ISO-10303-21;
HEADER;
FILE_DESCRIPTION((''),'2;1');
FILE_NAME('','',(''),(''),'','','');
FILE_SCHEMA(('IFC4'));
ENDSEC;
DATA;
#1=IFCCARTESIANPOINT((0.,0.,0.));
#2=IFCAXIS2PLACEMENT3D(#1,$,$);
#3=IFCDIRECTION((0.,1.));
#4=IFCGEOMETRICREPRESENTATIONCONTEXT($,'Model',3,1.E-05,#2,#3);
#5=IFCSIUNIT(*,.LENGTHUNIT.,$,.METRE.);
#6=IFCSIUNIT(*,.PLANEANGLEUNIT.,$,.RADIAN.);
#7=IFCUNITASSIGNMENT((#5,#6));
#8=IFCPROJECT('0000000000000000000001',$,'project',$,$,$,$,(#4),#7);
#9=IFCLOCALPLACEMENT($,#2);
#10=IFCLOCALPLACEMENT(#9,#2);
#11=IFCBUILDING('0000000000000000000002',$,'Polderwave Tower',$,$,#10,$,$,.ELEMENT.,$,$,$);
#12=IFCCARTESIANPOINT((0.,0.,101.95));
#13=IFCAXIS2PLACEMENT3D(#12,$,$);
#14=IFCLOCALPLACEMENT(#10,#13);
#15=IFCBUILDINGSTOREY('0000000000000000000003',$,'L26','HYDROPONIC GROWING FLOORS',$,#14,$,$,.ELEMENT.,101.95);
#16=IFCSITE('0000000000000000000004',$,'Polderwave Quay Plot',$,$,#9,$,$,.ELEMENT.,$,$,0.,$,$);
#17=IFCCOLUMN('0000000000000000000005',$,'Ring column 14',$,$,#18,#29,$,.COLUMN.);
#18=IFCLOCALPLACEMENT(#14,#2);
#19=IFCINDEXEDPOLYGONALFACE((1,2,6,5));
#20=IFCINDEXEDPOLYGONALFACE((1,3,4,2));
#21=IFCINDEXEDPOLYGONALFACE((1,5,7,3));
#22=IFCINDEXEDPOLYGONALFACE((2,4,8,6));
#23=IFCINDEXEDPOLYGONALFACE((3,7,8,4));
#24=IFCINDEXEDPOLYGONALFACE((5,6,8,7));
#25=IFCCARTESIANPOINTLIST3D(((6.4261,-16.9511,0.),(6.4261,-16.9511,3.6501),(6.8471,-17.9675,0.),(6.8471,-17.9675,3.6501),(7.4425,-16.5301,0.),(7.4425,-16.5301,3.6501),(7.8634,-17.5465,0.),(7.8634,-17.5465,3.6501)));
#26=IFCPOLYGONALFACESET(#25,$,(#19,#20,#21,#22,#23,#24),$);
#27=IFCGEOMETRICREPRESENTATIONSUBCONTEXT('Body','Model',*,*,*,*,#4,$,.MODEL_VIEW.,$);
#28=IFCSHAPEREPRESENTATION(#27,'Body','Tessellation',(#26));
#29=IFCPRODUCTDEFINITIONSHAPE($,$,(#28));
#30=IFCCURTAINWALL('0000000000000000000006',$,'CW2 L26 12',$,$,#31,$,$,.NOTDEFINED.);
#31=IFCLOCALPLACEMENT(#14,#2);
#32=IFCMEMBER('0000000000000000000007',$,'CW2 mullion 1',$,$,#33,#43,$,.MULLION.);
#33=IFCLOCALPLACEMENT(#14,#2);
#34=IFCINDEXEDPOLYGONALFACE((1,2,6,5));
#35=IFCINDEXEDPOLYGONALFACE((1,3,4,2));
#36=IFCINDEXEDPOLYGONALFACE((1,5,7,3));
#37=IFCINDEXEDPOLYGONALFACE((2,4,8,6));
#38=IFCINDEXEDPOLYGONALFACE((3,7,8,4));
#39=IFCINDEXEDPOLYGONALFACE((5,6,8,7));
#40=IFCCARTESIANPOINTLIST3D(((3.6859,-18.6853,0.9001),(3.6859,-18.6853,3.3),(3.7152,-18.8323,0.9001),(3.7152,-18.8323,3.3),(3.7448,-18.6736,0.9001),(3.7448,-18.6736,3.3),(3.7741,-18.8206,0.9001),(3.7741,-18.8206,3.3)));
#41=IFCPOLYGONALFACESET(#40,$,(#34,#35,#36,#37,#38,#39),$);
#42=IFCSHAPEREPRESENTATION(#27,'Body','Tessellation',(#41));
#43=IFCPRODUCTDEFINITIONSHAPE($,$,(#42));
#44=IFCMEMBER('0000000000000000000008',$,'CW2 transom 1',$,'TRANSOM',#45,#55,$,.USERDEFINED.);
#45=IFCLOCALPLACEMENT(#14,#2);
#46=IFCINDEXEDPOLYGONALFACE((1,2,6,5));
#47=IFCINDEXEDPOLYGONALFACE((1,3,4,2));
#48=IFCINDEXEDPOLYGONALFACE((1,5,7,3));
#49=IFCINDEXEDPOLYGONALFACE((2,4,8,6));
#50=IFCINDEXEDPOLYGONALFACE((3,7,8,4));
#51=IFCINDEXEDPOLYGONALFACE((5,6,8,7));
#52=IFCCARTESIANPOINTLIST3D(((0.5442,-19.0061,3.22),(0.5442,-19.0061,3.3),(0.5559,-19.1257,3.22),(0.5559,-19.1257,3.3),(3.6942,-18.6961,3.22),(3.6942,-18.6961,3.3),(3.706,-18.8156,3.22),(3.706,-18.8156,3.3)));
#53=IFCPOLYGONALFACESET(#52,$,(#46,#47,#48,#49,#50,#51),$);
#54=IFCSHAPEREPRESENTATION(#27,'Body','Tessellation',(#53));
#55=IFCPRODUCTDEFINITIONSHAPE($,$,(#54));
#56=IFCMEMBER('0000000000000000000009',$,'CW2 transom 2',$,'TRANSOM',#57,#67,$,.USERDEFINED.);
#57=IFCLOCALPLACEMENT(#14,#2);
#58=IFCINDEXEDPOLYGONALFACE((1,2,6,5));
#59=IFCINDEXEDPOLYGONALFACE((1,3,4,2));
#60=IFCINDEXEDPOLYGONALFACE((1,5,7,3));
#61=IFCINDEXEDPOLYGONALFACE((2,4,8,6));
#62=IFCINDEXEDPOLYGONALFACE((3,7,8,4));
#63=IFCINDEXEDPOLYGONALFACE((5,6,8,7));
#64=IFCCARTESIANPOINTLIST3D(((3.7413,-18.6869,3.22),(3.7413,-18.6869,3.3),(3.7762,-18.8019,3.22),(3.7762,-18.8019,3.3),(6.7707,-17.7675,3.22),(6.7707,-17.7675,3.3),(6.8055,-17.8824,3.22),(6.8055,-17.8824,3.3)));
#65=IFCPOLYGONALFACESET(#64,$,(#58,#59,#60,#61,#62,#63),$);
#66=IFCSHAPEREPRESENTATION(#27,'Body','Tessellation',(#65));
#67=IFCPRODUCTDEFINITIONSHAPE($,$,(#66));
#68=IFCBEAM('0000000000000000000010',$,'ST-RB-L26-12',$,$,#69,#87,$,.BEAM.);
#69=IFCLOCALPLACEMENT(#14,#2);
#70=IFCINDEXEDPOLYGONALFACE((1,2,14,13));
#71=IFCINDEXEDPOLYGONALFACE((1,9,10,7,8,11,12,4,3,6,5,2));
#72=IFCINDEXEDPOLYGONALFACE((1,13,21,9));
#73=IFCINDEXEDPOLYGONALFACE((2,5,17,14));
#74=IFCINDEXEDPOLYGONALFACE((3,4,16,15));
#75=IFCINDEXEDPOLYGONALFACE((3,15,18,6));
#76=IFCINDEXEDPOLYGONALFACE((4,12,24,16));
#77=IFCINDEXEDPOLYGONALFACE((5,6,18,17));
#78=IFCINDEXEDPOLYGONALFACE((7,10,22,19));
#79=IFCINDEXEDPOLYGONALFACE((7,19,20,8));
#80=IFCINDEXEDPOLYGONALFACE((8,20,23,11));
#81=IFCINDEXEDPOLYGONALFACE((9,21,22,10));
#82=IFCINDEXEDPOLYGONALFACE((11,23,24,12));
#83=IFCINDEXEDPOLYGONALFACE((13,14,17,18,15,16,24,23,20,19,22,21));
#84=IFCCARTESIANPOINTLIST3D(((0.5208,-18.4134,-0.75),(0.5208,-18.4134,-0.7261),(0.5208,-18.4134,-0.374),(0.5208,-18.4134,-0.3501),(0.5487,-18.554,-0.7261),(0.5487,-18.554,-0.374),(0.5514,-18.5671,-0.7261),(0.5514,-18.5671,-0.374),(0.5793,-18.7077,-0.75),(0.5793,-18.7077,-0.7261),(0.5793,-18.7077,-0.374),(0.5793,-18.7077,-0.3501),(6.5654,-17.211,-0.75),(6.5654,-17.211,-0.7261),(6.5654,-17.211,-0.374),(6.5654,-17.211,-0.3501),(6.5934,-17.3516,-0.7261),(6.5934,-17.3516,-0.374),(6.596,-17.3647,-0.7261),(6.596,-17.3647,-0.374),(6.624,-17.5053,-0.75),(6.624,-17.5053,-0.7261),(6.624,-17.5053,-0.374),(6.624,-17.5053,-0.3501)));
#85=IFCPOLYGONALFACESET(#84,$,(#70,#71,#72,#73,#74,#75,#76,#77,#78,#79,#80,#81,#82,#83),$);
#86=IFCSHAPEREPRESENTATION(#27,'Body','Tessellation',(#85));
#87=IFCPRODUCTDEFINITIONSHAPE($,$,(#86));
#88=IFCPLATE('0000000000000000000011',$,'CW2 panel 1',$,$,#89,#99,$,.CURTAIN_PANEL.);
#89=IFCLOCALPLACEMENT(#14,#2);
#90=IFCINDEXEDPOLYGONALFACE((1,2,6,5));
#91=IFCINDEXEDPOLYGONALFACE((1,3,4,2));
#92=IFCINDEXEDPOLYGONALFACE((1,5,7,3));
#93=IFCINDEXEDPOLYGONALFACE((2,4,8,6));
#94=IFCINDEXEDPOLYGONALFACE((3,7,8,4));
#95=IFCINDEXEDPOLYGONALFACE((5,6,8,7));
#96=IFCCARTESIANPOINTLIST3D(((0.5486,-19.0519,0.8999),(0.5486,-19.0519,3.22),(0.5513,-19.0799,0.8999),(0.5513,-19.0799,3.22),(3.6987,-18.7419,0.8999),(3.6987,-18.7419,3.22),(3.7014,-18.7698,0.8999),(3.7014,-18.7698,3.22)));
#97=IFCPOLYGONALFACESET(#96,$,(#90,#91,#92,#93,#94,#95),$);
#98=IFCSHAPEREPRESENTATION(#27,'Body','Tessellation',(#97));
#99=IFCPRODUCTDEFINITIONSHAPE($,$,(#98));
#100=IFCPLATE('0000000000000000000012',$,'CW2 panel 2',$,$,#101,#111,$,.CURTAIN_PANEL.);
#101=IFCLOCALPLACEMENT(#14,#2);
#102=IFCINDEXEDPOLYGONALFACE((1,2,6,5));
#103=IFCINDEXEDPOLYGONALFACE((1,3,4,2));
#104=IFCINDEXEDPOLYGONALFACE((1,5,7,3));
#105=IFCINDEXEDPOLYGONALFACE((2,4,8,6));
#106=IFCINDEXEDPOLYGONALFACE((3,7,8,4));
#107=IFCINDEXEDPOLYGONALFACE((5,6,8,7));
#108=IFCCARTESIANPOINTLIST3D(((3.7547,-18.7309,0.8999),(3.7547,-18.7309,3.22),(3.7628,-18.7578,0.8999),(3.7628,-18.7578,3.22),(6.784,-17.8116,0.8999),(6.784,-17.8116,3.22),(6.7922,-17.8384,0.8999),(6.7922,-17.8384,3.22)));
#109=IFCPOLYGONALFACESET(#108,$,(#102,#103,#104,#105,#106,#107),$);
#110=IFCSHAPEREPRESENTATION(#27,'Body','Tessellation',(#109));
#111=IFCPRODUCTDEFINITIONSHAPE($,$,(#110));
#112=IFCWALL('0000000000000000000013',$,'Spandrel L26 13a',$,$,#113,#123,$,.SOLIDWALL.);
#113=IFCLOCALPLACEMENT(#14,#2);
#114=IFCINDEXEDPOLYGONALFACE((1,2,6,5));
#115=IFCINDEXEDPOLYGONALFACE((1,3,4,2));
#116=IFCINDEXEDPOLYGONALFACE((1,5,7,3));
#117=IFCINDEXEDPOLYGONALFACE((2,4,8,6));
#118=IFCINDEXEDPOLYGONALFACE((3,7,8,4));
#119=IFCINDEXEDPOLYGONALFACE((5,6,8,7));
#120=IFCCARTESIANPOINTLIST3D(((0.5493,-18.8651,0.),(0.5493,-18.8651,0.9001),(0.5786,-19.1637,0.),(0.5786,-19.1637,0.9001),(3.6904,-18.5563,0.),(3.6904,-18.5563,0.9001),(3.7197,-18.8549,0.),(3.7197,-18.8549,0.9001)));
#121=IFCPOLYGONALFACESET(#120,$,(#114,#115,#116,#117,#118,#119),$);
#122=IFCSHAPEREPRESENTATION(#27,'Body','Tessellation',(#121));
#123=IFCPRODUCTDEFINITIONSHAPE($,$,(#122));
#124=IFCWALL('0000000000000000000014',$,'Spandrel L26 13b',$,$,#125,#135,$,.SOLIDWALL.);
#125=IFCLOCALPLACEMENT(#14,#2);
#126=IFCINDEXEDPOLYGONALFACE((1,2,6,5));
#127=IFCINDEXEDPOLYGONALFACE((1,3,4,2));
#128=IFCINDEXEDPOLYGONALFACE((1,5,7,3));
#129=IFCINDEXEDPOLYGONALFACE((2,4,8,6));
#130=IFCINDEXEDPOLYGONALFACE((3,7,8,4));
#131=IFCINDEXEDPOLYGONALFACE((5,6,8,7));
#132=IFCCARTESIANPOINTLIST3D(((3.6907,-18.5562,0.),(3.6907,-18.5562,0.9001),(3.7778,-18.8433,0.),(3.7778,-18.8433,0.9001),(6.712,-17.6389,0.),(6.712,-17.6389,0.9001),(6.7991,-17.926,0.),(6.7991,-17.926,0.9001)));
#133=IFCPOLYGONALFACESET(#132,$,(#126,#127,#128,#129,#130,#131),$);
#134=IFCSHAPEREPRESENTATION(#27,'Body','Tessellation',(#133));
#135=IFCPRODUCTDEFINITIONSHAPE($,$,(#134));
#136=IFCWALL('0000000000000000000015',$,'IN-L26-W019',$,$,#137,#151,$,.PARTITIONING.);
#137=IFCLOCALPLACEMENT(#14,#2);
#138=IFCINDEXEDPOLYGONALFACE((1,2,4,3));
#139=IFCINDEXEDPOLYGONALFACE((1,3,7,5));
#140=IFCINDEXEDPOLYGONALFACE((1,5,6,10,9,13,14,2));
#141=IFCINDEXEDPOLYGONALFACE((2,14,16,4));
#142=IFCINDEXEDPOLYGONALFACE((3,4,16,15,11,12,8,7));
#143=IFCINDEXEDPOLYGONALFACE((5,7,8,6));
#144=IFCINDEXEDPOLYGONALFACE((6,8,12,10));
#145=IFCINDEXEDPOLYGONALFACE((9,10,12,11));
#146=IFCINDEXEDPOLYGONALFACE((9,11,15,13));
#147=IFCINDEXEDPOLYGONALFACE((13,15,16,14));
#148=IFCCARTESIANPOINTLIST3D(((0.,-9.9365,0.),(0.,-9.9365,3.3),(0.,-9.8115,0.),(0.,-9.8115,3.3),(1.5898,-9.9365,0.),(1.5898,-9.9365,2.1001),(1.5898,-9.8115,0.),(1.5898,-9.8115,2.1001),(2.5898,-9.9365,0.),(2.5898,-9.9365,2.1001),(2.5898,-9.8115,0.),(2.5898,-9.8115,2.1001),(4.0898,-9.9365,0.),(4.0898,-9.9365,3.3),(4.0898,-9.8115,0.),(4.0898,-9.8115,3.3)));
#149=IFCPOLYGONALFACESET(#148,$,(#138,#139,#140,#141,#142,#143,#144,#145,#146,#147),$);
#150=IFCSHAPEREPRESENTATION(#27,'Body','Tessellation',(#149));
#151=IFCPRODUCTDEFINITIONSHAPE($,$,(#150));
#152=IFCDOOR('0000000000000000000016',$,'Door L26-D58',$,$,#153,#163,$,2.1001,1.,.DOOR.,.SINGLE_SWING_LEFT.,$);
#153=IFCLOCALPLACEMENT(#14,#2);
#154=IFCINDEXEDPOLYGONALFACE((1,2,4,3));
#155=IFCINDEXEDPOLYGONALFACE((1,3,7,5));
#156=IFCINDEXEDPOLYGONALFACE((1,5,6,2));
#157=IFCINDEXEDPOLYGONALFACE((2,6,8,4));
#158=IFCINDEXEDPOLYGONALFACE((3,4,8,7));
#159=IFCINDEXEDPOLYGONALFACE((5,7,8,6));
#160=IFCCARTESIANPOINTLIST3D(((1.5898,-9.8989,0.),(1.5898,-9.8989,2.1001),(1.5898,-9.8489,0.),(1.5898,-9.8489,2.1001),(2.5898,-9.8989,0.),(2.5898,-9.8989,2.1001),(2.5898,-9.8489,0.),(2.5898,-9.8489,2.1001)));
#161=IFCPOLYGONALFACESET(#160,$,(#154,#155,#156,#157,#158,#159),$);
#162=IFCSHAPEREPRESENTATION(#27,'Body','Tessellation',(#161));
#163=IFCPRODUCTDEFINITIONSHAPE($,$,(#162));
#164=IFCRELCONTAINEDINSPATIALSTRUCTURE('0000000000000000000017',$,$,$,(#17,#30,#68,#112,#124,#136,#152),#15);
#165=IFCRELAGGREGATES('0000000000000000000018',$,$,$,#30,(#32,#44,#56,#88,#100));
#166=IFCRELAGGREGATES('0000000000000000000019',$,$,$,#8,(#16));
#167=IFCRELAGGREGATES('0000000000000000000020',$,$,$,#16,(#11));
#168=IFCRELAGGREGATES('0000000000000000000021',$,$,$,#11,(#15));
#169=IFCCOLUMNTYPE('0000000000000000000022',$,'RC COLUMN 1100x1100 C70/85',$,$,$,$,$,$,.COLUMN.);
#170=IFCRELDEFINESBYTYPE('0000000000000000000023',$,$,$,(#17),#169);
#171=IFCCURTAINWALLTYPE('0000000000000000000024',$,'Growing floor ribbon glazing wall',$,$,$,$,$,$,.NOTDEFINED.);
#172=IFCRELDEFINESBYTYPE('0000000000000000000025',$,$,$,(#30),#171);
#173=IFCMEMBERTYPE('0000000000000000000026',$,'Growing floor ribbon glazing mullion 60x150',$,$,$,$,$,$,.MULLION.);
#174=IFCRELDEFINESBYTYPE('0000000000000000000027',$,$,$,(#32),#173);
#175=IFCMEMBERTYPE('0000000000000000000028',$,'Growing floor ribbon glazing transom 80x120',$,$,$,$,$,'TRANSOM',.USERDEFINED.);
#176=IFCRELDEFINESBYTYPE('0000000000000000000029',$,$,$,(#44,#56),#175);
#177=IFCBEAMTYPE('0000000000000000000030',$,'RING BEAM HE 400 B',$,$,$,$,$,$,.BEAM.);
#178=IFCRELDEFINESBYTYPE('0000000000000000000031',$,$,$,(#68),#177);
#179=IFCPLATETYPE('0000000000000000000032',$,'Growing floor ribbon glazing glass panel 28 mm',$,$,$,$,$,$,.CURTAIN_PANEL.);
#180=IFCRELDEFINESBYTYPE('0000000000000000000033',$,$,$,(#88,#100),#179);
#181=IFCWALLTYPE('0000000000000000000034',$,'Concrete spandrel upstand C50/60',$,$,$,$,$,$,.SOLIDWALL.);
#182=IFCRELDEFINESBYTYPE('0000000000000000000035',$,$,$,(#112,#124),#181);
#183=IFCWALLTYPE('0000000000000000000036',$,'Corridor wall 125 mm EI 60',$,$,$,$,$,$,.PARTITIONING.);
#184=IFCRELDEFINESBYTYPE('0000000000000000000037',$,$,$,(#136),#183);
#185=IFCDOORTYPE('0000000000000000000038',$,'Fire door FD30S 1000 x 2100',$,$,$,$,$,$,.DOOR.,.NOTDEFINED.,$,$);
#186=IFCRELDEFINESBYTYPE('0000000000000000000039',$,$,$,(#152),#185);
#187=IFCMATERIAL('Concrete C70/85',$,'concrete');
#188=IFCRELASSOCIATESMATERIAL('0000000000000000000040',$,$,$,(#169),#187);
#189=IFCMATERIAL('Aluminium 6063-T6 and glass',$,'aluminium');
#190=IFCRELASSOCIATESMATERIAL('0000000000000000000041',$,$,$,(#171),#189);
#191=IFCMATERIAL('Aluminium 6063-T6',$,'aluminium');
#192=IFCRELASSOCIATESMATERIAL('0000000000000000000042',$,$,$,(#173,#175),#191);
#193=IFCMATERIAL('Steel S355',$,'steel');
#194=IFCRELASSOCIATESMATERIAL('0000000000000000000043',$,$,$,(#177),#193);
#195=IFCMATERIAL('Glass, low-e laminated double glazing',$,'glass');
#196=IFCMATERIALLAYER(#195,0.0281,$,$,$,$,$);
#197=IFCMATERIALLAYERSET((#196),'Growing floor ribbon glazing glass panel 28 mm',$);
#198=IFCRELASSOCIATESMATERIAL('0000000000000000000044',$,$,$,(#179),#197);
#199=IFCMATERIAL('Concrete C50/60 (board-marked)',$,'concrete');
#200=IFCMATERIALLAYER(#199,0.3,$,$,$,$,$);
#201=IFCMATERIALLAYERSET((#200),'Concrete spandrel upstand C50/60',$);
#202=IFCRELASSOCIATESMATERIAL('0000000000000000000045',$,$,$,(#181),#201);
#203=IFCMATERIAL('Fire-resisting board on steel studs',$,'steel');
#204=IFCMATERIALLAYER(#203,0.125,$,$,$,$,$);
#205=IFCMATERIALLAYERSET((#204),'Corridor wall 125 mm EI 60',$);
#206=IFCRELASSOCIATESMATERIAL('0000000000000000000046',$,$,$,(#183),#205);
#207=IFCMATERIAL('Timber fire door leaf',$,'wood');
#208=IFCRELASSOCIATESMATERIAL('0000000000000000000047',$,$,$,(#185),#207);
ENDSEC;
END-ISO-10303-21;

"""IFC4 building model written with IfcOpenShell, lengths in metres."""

from ifc_helpers import new_model, si_unit, direction, frame, frame_2d, origin, origin_2d, place, context, subcontext, project, spatial, rectangle, i_section, extrude, material, layer, layer_set, material_profile, profile_set, type_object, element, fill, aggregate, save


model = new_model("IFC4")

# Units and contexts
model_context = context("Model", 3, precision=1e-05, world=origin(), true_north=direction((0.0, 1.0)))
body_context = subcontext(model_context, "Body", "Model", "MODEL_VIEW")
ifc_project = project(units=[si_unit("LENGTHUNIT", "METRE"), si_unit("PLANEANGLEUNIT", "RADIAN")], contexts=[model_context])

# Site, building, storey
site_placement = place(None, origin())
site = spatial("IfcSite", under=ifc_project, at=site_placement, Name="Polderwave Quay Plot", CompositionType="ELEMENT", RefElevation=0.0)
building_placement = place(site_placement, origin())
building = spatial("IfcBuilding", under=site, at=building_placement, Name="Polderwave Tower", CompositionType="ELEMENT")
storey_placement = place(building_placement, frame((0.0, 0.0, 101.95)))
storey = spatial("IfcBuildingStorey", under=building, at=storey_placement, Name="L26", Description="HYDROPONIC GROWING FLOORS", CompositionType="ELEMENT", Elevation=101.95)

# Column
ifc_material_1 = material(Name="Concrete C70/85", Category="concrete")
ifc_material_profile_1 = material_profile(ifc_material_1, rectangle(XDim=1.1001, YDim=1.1001, at=origin_2d()), Name="RC 1100x1100")
ifc_profile_set_1 = profile_set([ifc_material_profile_1], Name="Concrete C70/85")
column_type = type_object("IfcColumnType", Name="RC COLUMN 1100x1100 C70/85", PredefinedType="COLUMN", material=ifc_profile_set_1)
column_placement = place(storey_placement, frame((7.1448, -17.2488, 0.0), z_axis=(0.0, 0.0, 1.0), x_axis=(0.382683, -0.92388, 0.0)))
element("IfcColumn", 1, at=column_placement, inside=storey, type_object=column_type, Name="Ring column 14", PredefinedType="COLUMN", context=body_context, shape_type="SweptSolid", body=[
    extrude(rectangle(XDim=1.1001, YDim=1.1001, at=origin_2d()), origin(), (0.0, 0.0, 1.0), 3.6501),
])

# Curtain wall, members
ifc_material_2 = material(Name="Aluminium 6063-T6 and glass", Category="aluminium")
curtain_wall_type = type_object("IfcCurtainWallType", Name="Growing floor ribbon glazing wall", PredefinedType="NOTDEFINED", material=ifc_material_2)
curtain_wall_placement = place(storey_placement, origin())
curtain_wall = element("IfcCurtainWall", 2, at=curtain_wall_placement, inside=storey, type_object=curtain_wall_type, Name="CW2 L26 12", PredefinedType="NOTDEFINED")
ifc_material_3 = material(Name="Aluminium 6063-T6", Category="aluminium")
ifc_material_profile_2 = material_profile(ifc_material_3, rectangle(XDim=0.1499, YDim=0.0601, at=origin_2d()), Name="AL 60x150")
ifc_profile_set_2 = profile_set([ifc_material_profile_2], Name="Aluminium 6063-T6")
member_type_1 = type_object("IfcMemberType", Name="Growing floor ribbon glazing mullion 60x150", PredefinedType="MULLION", material=ifc_profile_set_2)
member_1_placement = place(storey_placement, frame((3.73, -18.7529, 0.9001), z_axis=(0.0, 0.0, 1.0), x_axis=(-0.195113, 0.980781, 0.0)))
member_1 = element("IfcMember", 3, at=member_1_placement, type_object=member_type_1, Name="CW2 mullion 1", PredefinedType="MULLION", context=body_context, shape_type="SweptSolid", body=[
    extrude(rectangle(XDim=0.1499, YDim=0.0601, at=origin_2d()), origin(), (0.0, 0.0, 1.0), 2.3999),
])
ifc_material_profile_3 = material_profile(ifc_material_3, rectangle(XDim=0.1201, YDim=0.0801, at=origin_2d()), Name="AL 80x120")
ifc_profile_set_3 = profile_set([ifc_material_profile_3], Name="Aluminium 6063-T6")
member_type_2 = type_object("IfcMemberType", Name="Growing floor ribbon glazing transom 80x120", ElementType="TRANSOM", PredefinedType="USERDEFINED", material=ifc_profile_set_3)
member_2_placement = place(storey_placement, frame((0.55, -19.0659, 3.26), z_axis=(0.995191, 0.097953, 0.0), x_axis=(-0.097953, 0.995191, 0.0)))
member_2 = element("IfcMember", 4, at=member_2_placement, type_object=member_type_2, Name="CW2 transom 1", ObjectType="TRANSOM", PredefinedType="USERDEFINED", context=body_context, shape_type="SweptSolid", body=[
    extrude(rectangle(XDim=0.1201, YDim=0.0801, at=origin_2d()), origin(), (0.0, 0.0, 1.0), 3.1653),
])
member_3_placement = place(storey_placement, frame((3.7588, -18.7444, 3.26), z_axis=(0.956896, 0.290431, 0.0), x_axis=(-0.290431, 0.956896, 0.0)))
member_3 = element("IfcMember", 5, at=member_3_placement, type_object=member_type_2, Name="CW2 transom 2", ObjectType="TRANSOM", PredefinedType="USERDEFINED", context=body_context, shape_type="SweptSolid", body=[
    extrude(rectangle(XDim=0.1201, YDim=0.0801, at=origin_2d()), origin(), (0.0, 0.0, 1.0), 3.1658),
])

# Beam
ifc_material_4 = material(Name="Steel S355", Category="steel")
ifc_material_profile_4 = material_profile(ifc_material_4, i_section(OverallWidth=0.3, OverallDepth=0.3999, WebThickness=0.0134, FlangeThickness=0.0239, at=origin_2d()), Name="HE 400 B")
ifc_profile_set_4 = profile_set([ifc_material_profile_4], Name="Steel S355")
beam_type = type_object("IfcBeamType", Name="RING BEAM HE 400 B", PredefinedType="BEAM", material=ifc_profile_set_4)
beam_placement = place(storey_placement, frame((0.55, -18.5605, -0.55), z_axis=(0.980784, 0.195095, 0.0), x_axis=(-0.195095, 0.980784, 0.0)))
element("IfcBeam", 6, at=beam_placement, inside=storey, type_object=beam_type, Name="ST-RB-L26-12", PredefinedType="BEAM", context=body_context, shape_type="SweptSolid", body=[
    extrude(i_section(OverallWidth=0.3, OverallDepth=0.3999, WebThickness=0.0134, FlangeThickness=0.0239, at=origin_2d()), origin(), (0.0, 0.0, 1.0), 6.1631),
])

# Plates
ifc_material_5 = material(Name="Glass, low-e laminated double glazing", Category="glass")
ifc_layer_1 = layer(ifc_material_5, 0.0281)
ifc_layer_set_1 = layer_set([ifc_layer_1], Name="Growing floor ribbon glazing glass panel 28 mm")
plate_type = type_object("IfcPlateType", Name="Growing floor ribbon glazing glass panel 28 mm", PredefinedType="CURTAIN_PANEL", material=ifc_layer_set_1)
plate_1_placement = place(storey_placement, frame((2.125, -18.9109, 0.8999), z_axis=(0.0, 0.0, 1.0), x_axis=(0.995191, 0.097955, 0.0)))
plate_1 = element("IfcPlate", 7, at=plate_1_placement, type_object=plate_type, Name="CW2 panel 1", PredefinedType="CURTAIN_PANEL", context=body_context, shape_type="SweptSolid", body=[
    extrude(rectangle(XDim=3.1653, YDim=0.0281, at=origin_2d()), origin(), (0.0, 0.0, 1.0), 2.3201),
])
plate_2_placement = place(storey_placement, frame((5.2734, -18.2847, 0.8999), z_axis=(0.0, 0.0, 1.0), x_axis=(0.956908, 0.29039, 0.0)))
plate_2 = element("IfcPlate", 8, at=plate_2_placement, type_object=plate_type, Name="CW2 panel 2", PredefinedType="CURTAIN_PANEL", context=body_context, shape_type="SweptSolid", body=[
    extrude(rectangle(XDim=3.1658, YDim=0.0281, at=origin_2d()), origin(), (0.0, 0.0, 1.0), 2.3201),
])
aggregate(curtain_wall, [member_1, member_2, member_3, plate_1, plate_2])

# Walls
ifc_material_6 = material(Name="Concrete C50/60 (board-marked)", Category="concrete")
ifc_layer_2 = layer(ifc_material_6, 0.3)
ifc_layer_set_2 = layer_set([ifc_layer_2], Name="Concrete spandrel upstand C50/60")
wall_type_1 = type_object("IfcWallType", Name="Concrete spandrel upstand C50/60", PredefinedType="SOLIDWALL", material=ifc_layer_set_2)
wall_1_placement = place(storey_placement, frame((0.564, -19.0144, 0.0), z_axis=(0.0, 0.0, 1.0), x_axis=(0.995201, 0.097849, 0.0)))
element("IfcWall", 9, at=wall_1_placement, inside=storey, type_object=wall_type_1, Name="Spandrel L26 13a", PredefinedType="SOLIDWALL", context=body_context, shape_type="SweptSolid", body=[
    extrude(rectangle(XDim=3.1562, YDim=0.3, at=frame_2d((1.5781, 0.0))), origin(), (0.0, 0.0, 1.0), 0.9001),
])
wall_2_placement = place(storey_placement, frame((3.7344, -18.6997, 0.0), z_axis=(0.0, 0.0, 1.0), x_axis=(0.956874, 0.290503, 0.0)))
element("IfcWall", 10, at=wall_2_placement, inside=storey, type_object=wall_type_1, Name="Spandrel L26 13b", PredefinedType="SOLIDWALL", context=body_context, shape_type="SweptSolid", body=[
    extrude(rectangle(XDim=3.1575, YDim=0.3, at=frame_2d((1.5786, 0.0))), origin(), (0.0, 0.0, 1.0), 0.9001),
])

# Wall, opening, door
ifc_material_7 = material(Name="Fire-resisting board on steel studs", Category="steel")
ifc_layer_3 = layer(ifc_material_7, 0.125)
ifc_layer_set_3 = layer_set([ifc_layer_3], Name="Corridor wall 125 mm EI 60")
wall_type_2 = type_object("IfcWallType", Name="Corridor wall 125 mm EI 60", PredefinedType="PARTITIONING", material=ifc_layer_set_3)
wall_3_placement = place(storey_placement, frame((4.0898, -9.874, 0.0), z_axis=(0.0, 0.0, 1.0), x_axis=(-1.0, 0.0, 0.0)))
wall_3 = element("IfcWall", 11, at=wall_3_placement, inside=storey, type_object=wall_type_2, Name="IN-L26-W019", PredefinedType="PARTITIONING", context=body_context, shape_type="SweptSolid", body=[
    extrude(rectangle(XDim=4.0898, YDim=0.125, at=frame_2d((2.0449, 0.0))), origin(), (0.0, 0.0, 1.0), 3.3),
])
opening_1_placement = place(wall_3_placement, frame((1.5, 0.0, 0.0)))
opening_1 = element("IfcOpeningElement", 12, at=opening_1_placement, cuts=wall_3, PredefinedType="OPENING", context=body_context, shape_type="SweptSolid", body=[
    extrude(rectangle(XDim=1.0, YDim=2.1001, at=frame_2d((0.5, 1.05))), frame((0.0, 0.0725, 0.0), z_axis=(0.0, -1.0, 0.0), x_axis=(1.0, 0.0, 0.0)), (0.0, 0.0, 1.0), 0.145),
])
ifc_material_8 = material(Name="Timber fire door leaf", Category="wood")
door_type_1 = type_object("IfcDoorType", Name="Fire door FD30S 1000 x 2100", OperationType="NOTDEFINED", PredefinedType="DOOR", material=ifc_material_8)
door_1_placement = place(opening_1_placement, origin())
door_1 = element("IfcDoor", 13, at=door_1_placement, inside=storey, type_object=door_type_1, Name="Door L26-D58", OperationType="SINGLE_SWING_LEFT", OverallHeight=2.1001, OverallWidth=1.0, PredefinedType="DOOR", context=body_context, shape_type="SweptSolid", body=[
    extrude(rectangle(XDim=1.0, YDim=2.1001, at=frame_2d((0.5, 1.05))), frame((0.0, 0.0249, 0.0), z_axis=(0.0, -1.0, 0.0), x_axis=(1.0, 0.0, 0.0)), (0.0, 0.0, 1.0), 0.05),
])
fill(opening_1, door_1)

save(model, "model.ifc")
